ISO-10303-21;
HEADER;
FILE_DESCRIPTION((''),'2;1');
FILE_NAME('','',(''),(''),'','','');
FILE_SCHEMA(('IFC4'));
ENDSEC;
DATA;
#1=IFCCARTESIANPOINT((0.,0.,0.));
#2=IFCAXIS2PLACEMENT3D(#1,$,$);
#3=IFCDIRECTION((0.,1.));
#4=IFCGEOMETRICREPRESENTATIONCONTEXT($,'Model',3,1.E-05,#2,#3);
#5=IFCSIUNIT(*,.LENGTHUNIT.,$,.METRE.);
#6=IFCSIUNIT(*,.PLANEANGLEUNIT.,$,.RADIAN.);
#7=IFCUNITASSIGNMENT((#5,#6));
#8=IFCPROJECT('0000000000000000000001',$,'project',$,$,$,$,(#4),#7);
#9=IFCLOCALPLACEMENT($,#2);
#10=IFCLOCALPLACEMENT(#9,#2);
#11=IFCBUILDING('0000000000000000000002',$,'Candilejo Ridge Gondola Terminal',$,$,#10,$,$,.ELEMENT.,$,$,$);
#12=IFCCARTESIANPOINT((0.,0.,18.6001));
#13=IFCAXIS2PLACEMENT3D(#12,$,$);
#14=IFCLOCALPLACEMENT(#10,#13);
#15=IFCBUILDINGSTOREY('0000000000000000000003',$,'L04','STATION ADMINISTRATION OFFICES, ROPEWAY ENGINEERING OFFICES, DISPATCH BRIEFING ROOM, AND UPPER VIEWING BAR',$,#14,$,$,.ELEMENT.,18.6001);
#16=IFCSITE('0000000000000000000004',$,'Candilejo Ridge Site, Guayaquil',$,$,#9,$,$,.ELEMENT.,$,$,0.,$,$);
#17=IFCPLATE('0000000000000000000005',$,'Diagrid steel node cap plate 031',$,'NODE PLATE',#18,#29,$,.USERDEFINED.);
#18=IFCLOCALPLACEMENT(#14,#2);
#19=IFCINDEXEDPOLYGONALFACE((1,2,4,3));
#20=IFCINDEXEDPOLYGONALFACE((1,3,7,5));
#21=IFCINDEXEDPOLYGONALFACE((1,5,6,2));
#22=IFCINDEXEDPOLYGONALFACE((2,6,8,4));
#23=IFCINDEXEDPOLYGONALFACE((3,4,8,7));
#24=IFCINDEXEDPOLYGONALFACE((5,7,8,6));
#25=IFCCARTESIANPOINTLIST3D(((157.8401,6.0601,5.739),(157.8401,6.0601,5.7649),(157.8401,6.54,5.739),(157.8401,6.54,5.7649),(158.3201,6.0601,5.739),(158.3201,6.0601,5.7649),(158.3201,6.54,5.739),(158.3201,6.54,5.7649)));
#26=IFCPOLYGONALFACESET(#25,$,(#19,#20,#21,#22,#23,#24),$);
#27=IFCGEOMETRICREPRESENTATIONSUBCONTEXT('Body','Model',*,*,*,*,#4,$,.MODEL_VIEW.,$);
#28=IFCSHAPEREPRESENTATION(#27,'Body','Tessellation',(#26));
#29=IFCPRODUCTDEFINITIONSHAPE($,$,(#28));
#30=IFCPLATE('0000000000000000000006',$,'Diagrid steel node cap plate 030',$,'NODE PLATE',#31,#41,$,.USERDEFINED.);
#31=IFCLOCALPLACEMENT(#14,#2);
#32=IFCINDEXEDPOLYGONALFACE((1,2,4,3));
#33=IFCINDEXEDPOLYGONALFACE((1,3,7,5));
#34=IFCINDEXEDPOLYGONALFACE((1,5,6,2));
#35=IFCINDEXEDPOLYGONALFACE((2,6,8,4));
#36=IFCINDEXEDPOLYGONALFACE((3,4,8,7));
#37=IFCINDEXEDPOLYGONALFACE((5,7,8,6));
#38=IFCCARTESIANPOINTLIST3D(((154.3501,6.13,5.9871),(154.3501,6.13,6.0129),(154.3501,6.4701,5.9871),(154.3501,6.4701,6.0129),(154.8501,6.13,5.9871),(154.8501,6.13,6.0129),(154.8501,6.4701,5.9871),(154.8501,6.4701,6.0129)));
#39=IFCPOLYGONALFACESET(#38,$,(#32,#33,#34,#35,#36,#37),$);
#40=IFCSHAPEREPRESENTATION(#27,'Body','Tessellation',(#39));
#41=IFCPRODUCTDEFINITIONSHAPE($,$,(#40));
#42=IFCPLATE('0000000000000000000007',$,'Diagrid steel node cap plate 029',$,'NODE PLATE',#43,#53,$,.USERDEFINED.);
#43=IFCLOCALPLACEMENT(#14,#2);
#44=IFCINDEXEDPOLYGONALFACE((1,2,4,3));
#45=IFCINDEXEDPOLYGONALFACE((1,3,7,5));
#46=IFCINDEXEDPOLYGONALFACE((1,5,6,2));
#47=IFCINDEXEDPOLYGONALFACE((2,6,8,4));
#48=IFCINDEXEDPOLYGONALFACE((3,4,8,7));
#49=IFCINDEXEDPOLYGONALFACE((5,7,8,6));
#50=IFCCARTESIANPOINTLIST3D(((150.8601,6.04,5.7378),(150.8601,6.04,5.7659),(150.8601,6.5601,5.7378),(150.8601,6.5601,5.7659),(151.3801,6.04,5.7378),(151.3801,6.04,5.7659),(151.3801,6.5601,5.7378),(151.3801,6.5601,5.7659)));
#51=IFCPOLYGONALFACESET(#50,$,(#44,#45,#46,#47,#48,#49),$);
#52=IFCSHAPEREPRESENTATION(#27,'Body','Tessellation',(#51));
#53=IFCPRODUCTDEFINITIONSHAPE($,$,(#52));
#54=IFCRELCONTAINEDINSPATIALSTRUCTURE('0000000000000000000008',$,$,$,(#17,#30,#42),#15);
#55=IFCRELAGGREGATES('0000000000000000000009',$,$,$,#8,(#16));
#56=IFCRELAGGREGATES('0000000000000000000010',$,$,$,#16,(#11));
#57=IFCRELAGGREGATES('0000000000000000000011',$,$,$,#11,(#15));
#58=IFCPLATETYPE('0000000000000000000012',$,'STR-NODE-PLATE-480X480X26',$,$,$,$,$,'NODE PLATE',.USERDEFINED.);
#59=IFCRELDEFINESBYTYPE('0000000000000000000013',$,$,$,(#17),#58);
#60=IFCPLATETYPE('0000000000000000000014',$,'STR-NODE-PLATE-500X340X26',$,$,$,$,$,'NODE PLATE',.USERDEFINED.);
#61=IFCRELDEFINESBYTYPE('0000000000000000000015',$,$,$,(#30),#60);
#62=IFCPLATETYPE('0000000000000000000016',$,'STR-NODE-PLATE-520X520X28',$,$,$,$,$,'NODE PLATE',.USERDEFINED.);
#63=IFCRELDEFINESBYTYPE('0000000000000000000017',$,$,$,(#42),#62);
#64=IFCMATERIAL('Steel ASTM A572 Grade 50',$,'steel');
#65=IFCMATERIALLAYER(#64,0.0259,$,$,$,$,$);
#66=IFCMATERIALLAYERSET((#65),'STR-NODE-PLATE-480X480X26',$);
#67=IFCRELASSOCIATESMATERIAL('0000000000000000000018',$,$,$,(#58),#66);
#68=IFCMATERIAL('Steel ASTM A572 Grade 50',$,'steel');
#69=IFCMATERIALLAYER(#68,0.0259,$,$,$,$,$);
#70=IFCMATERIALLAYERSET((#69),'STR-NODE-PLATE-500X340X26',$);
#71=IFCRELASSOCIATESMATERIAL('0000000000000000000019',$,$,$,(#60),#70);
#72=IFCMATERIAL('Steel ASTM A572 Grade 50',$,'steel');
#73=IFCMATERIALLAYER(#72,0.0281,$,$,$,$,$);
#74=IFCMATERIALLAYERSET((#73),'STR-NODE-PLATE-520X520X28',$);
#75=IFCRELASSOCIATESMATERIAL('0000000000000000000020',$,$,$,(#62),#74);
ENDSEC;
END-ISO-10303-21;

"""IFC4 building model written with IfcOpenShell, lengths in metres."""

from ifc_helpers import new_model, si_unit, direction, frame, origin, origin_2d, place, context, subcontext, project, spatial, rectangle, extrude, material, layer, layer_set, type_object, element, save


model = new_model("IFC4")

# Units and contexts
model_context = context("Model", 3, precision=1e-05, world=origin(), true_north=direction((0.0, 1.0)))
body_context = subcontext(model_context, "Body", "Model", "MODEL_VIEW")
ifc_project = project(units=[si_unit("LENGTHUNIT", "METRE"), si_unit("PLANEANGLEUNIT", "RADIAN")], contexts=[model_context])

# Site, building, storey
site_placement = place(None, origin())
site = spatial("IfcSite", under=ifc_project, at=site_placement, Name="Candilejo Ridge Site, Guayaquil", CompositionType="ELEMENT", RefElevation=0.0)
building_placement = place(site_placement, origin())
building = spatial("IfcBuilding", under=site, at=building_placement, Name="Candilejo Ridge Gondola Terminal", CompositionType="ELEMENT")
storey_placement = place(building_placement, frame((0.0, 0.0, 18.6001)))
storey = spatial("IfcBuildingStorey", under=building, at=storey_placement, Name="L04", Description="STATION ADMINISTRATION OFFICES, ROPEWAY ENGINEERING OFFICES, DISPATCH BRIEFING ROOM, AND UPPER VIEWING BAR", CompositionType="ELEMENT", Elevation=18.6001)

# Plates
ifc_material_1 = material(Name="Steel ASTM A572 Grade 50", Category="steel")
ifc_layer_1 = layer(ifc_material_1, 0.0259)
ifc_layer_set_1 = layer_set([ifc_layer_1], Name="STR-NODE-PLATE-480X480X26")
plate_type_1 = type_object("IfcPlateType", Name="STR-NODE-PLATE-480X480X26", ElementType="NODE PLATE", PredefinedType="USERDEFINED", material=ifc_layer_set_1)
plate_1_placement = place(storey_placement, frame((158.0801, 6.3, 5.739), z_axis=(0.0, 0.0, 1.0), x_axis=(1.0, 0.0, 0.0)))
element("IfcPlate", 1, at=plate_1_placement, inside=storey, type_object=plate_type_1, Name="Diagrid steel node cap plate 031", ObjectType="NODE PLATE", PredefinedType="USERDEFINED", context=body_context, shape_type="SweptSolid", body=[
    extrude(rectangle(XDim=0.48, YDim=0.48, at=origin_2d()), origin(), (0.0, 0.0, 1.0), 0.0259),
])
ifc_material_2 = material(Name="Steel ASTM A572 Grade 50", Category="steel")
ifc_layer_2 = layer(ifc_material_2, 0.0259)
ifc_layer_set_2 = layer_set([ifc_layer_2], Name="STR-NODE-PLATE-500X340X26")
plate_type_2 = type_object("IfcPlateType", Name="STR-NODE-PLATE-500X340X26", ElementType="NODE PLATE", PredefinedType="USERDEFINED", material=ifc_layer_set_2)
plate_2_placement = place(storey_placement, frame((154.6001, 6.3, 5.9871), z_axis=(0.0, 0.0, 1.0), x_axis=(1.0, 0.0, 0.0)))
element("IfcPlate", 2, at=plate_2_placement, inside=storey, type_object=plate_type_2, Name="Diagrid steel node cap plate 030", ObjectType="NODE PLATE", PredefinedType="USERDEFINED", context=body_context, shape_type="SweptSolid", body=[
    extrude(rectangle(XDim=0.5, YDim=0.3401, at=origin_2d()), origin(), (0.0, 0.0, 1.0), 0.0259),
])
ifc_material_3 = material(Name="Steel ASTM A572 Grade 50", Category="steel")
ifc_layer_3 = layer(ifc_material_3, 0.0281)
ifc_layer_set_3 = layer_set([ifc_layer_3], Name="STR-NODE-PLATE-520X520X28")
plate_type_3 = type_object("IfcPlateType", Name="STR-NODE-PLATE-520X520X28", ElementType="NODE PLATE", PredefinedType="USERDEFINED", material=ifc_layer_set_3)
plate_3_placement = place(storey_placement, frame((151.1201, 6.3, 5.7378), z_axis=(0.0, 0.0, 1.0), x_axis=(1.0, 0.0, 0.0)))
element("IfcPlate", 3, at=plate_3_placement, inside=storey, type_object=plate_type_3, Name="Diagrid steel node cap plate 029", ObjectType="NODE PLATE", PredefinedType="USERDEFINED", context=body_context, shape_type="SweptSolid", body=[
    extrude(rectangle(XDim=0.52, YDim=0.52, at=origin_2d()), origin(), (0.0, 0.0, 1.0), 0.0281),
])

save(model, "model.ifc")
